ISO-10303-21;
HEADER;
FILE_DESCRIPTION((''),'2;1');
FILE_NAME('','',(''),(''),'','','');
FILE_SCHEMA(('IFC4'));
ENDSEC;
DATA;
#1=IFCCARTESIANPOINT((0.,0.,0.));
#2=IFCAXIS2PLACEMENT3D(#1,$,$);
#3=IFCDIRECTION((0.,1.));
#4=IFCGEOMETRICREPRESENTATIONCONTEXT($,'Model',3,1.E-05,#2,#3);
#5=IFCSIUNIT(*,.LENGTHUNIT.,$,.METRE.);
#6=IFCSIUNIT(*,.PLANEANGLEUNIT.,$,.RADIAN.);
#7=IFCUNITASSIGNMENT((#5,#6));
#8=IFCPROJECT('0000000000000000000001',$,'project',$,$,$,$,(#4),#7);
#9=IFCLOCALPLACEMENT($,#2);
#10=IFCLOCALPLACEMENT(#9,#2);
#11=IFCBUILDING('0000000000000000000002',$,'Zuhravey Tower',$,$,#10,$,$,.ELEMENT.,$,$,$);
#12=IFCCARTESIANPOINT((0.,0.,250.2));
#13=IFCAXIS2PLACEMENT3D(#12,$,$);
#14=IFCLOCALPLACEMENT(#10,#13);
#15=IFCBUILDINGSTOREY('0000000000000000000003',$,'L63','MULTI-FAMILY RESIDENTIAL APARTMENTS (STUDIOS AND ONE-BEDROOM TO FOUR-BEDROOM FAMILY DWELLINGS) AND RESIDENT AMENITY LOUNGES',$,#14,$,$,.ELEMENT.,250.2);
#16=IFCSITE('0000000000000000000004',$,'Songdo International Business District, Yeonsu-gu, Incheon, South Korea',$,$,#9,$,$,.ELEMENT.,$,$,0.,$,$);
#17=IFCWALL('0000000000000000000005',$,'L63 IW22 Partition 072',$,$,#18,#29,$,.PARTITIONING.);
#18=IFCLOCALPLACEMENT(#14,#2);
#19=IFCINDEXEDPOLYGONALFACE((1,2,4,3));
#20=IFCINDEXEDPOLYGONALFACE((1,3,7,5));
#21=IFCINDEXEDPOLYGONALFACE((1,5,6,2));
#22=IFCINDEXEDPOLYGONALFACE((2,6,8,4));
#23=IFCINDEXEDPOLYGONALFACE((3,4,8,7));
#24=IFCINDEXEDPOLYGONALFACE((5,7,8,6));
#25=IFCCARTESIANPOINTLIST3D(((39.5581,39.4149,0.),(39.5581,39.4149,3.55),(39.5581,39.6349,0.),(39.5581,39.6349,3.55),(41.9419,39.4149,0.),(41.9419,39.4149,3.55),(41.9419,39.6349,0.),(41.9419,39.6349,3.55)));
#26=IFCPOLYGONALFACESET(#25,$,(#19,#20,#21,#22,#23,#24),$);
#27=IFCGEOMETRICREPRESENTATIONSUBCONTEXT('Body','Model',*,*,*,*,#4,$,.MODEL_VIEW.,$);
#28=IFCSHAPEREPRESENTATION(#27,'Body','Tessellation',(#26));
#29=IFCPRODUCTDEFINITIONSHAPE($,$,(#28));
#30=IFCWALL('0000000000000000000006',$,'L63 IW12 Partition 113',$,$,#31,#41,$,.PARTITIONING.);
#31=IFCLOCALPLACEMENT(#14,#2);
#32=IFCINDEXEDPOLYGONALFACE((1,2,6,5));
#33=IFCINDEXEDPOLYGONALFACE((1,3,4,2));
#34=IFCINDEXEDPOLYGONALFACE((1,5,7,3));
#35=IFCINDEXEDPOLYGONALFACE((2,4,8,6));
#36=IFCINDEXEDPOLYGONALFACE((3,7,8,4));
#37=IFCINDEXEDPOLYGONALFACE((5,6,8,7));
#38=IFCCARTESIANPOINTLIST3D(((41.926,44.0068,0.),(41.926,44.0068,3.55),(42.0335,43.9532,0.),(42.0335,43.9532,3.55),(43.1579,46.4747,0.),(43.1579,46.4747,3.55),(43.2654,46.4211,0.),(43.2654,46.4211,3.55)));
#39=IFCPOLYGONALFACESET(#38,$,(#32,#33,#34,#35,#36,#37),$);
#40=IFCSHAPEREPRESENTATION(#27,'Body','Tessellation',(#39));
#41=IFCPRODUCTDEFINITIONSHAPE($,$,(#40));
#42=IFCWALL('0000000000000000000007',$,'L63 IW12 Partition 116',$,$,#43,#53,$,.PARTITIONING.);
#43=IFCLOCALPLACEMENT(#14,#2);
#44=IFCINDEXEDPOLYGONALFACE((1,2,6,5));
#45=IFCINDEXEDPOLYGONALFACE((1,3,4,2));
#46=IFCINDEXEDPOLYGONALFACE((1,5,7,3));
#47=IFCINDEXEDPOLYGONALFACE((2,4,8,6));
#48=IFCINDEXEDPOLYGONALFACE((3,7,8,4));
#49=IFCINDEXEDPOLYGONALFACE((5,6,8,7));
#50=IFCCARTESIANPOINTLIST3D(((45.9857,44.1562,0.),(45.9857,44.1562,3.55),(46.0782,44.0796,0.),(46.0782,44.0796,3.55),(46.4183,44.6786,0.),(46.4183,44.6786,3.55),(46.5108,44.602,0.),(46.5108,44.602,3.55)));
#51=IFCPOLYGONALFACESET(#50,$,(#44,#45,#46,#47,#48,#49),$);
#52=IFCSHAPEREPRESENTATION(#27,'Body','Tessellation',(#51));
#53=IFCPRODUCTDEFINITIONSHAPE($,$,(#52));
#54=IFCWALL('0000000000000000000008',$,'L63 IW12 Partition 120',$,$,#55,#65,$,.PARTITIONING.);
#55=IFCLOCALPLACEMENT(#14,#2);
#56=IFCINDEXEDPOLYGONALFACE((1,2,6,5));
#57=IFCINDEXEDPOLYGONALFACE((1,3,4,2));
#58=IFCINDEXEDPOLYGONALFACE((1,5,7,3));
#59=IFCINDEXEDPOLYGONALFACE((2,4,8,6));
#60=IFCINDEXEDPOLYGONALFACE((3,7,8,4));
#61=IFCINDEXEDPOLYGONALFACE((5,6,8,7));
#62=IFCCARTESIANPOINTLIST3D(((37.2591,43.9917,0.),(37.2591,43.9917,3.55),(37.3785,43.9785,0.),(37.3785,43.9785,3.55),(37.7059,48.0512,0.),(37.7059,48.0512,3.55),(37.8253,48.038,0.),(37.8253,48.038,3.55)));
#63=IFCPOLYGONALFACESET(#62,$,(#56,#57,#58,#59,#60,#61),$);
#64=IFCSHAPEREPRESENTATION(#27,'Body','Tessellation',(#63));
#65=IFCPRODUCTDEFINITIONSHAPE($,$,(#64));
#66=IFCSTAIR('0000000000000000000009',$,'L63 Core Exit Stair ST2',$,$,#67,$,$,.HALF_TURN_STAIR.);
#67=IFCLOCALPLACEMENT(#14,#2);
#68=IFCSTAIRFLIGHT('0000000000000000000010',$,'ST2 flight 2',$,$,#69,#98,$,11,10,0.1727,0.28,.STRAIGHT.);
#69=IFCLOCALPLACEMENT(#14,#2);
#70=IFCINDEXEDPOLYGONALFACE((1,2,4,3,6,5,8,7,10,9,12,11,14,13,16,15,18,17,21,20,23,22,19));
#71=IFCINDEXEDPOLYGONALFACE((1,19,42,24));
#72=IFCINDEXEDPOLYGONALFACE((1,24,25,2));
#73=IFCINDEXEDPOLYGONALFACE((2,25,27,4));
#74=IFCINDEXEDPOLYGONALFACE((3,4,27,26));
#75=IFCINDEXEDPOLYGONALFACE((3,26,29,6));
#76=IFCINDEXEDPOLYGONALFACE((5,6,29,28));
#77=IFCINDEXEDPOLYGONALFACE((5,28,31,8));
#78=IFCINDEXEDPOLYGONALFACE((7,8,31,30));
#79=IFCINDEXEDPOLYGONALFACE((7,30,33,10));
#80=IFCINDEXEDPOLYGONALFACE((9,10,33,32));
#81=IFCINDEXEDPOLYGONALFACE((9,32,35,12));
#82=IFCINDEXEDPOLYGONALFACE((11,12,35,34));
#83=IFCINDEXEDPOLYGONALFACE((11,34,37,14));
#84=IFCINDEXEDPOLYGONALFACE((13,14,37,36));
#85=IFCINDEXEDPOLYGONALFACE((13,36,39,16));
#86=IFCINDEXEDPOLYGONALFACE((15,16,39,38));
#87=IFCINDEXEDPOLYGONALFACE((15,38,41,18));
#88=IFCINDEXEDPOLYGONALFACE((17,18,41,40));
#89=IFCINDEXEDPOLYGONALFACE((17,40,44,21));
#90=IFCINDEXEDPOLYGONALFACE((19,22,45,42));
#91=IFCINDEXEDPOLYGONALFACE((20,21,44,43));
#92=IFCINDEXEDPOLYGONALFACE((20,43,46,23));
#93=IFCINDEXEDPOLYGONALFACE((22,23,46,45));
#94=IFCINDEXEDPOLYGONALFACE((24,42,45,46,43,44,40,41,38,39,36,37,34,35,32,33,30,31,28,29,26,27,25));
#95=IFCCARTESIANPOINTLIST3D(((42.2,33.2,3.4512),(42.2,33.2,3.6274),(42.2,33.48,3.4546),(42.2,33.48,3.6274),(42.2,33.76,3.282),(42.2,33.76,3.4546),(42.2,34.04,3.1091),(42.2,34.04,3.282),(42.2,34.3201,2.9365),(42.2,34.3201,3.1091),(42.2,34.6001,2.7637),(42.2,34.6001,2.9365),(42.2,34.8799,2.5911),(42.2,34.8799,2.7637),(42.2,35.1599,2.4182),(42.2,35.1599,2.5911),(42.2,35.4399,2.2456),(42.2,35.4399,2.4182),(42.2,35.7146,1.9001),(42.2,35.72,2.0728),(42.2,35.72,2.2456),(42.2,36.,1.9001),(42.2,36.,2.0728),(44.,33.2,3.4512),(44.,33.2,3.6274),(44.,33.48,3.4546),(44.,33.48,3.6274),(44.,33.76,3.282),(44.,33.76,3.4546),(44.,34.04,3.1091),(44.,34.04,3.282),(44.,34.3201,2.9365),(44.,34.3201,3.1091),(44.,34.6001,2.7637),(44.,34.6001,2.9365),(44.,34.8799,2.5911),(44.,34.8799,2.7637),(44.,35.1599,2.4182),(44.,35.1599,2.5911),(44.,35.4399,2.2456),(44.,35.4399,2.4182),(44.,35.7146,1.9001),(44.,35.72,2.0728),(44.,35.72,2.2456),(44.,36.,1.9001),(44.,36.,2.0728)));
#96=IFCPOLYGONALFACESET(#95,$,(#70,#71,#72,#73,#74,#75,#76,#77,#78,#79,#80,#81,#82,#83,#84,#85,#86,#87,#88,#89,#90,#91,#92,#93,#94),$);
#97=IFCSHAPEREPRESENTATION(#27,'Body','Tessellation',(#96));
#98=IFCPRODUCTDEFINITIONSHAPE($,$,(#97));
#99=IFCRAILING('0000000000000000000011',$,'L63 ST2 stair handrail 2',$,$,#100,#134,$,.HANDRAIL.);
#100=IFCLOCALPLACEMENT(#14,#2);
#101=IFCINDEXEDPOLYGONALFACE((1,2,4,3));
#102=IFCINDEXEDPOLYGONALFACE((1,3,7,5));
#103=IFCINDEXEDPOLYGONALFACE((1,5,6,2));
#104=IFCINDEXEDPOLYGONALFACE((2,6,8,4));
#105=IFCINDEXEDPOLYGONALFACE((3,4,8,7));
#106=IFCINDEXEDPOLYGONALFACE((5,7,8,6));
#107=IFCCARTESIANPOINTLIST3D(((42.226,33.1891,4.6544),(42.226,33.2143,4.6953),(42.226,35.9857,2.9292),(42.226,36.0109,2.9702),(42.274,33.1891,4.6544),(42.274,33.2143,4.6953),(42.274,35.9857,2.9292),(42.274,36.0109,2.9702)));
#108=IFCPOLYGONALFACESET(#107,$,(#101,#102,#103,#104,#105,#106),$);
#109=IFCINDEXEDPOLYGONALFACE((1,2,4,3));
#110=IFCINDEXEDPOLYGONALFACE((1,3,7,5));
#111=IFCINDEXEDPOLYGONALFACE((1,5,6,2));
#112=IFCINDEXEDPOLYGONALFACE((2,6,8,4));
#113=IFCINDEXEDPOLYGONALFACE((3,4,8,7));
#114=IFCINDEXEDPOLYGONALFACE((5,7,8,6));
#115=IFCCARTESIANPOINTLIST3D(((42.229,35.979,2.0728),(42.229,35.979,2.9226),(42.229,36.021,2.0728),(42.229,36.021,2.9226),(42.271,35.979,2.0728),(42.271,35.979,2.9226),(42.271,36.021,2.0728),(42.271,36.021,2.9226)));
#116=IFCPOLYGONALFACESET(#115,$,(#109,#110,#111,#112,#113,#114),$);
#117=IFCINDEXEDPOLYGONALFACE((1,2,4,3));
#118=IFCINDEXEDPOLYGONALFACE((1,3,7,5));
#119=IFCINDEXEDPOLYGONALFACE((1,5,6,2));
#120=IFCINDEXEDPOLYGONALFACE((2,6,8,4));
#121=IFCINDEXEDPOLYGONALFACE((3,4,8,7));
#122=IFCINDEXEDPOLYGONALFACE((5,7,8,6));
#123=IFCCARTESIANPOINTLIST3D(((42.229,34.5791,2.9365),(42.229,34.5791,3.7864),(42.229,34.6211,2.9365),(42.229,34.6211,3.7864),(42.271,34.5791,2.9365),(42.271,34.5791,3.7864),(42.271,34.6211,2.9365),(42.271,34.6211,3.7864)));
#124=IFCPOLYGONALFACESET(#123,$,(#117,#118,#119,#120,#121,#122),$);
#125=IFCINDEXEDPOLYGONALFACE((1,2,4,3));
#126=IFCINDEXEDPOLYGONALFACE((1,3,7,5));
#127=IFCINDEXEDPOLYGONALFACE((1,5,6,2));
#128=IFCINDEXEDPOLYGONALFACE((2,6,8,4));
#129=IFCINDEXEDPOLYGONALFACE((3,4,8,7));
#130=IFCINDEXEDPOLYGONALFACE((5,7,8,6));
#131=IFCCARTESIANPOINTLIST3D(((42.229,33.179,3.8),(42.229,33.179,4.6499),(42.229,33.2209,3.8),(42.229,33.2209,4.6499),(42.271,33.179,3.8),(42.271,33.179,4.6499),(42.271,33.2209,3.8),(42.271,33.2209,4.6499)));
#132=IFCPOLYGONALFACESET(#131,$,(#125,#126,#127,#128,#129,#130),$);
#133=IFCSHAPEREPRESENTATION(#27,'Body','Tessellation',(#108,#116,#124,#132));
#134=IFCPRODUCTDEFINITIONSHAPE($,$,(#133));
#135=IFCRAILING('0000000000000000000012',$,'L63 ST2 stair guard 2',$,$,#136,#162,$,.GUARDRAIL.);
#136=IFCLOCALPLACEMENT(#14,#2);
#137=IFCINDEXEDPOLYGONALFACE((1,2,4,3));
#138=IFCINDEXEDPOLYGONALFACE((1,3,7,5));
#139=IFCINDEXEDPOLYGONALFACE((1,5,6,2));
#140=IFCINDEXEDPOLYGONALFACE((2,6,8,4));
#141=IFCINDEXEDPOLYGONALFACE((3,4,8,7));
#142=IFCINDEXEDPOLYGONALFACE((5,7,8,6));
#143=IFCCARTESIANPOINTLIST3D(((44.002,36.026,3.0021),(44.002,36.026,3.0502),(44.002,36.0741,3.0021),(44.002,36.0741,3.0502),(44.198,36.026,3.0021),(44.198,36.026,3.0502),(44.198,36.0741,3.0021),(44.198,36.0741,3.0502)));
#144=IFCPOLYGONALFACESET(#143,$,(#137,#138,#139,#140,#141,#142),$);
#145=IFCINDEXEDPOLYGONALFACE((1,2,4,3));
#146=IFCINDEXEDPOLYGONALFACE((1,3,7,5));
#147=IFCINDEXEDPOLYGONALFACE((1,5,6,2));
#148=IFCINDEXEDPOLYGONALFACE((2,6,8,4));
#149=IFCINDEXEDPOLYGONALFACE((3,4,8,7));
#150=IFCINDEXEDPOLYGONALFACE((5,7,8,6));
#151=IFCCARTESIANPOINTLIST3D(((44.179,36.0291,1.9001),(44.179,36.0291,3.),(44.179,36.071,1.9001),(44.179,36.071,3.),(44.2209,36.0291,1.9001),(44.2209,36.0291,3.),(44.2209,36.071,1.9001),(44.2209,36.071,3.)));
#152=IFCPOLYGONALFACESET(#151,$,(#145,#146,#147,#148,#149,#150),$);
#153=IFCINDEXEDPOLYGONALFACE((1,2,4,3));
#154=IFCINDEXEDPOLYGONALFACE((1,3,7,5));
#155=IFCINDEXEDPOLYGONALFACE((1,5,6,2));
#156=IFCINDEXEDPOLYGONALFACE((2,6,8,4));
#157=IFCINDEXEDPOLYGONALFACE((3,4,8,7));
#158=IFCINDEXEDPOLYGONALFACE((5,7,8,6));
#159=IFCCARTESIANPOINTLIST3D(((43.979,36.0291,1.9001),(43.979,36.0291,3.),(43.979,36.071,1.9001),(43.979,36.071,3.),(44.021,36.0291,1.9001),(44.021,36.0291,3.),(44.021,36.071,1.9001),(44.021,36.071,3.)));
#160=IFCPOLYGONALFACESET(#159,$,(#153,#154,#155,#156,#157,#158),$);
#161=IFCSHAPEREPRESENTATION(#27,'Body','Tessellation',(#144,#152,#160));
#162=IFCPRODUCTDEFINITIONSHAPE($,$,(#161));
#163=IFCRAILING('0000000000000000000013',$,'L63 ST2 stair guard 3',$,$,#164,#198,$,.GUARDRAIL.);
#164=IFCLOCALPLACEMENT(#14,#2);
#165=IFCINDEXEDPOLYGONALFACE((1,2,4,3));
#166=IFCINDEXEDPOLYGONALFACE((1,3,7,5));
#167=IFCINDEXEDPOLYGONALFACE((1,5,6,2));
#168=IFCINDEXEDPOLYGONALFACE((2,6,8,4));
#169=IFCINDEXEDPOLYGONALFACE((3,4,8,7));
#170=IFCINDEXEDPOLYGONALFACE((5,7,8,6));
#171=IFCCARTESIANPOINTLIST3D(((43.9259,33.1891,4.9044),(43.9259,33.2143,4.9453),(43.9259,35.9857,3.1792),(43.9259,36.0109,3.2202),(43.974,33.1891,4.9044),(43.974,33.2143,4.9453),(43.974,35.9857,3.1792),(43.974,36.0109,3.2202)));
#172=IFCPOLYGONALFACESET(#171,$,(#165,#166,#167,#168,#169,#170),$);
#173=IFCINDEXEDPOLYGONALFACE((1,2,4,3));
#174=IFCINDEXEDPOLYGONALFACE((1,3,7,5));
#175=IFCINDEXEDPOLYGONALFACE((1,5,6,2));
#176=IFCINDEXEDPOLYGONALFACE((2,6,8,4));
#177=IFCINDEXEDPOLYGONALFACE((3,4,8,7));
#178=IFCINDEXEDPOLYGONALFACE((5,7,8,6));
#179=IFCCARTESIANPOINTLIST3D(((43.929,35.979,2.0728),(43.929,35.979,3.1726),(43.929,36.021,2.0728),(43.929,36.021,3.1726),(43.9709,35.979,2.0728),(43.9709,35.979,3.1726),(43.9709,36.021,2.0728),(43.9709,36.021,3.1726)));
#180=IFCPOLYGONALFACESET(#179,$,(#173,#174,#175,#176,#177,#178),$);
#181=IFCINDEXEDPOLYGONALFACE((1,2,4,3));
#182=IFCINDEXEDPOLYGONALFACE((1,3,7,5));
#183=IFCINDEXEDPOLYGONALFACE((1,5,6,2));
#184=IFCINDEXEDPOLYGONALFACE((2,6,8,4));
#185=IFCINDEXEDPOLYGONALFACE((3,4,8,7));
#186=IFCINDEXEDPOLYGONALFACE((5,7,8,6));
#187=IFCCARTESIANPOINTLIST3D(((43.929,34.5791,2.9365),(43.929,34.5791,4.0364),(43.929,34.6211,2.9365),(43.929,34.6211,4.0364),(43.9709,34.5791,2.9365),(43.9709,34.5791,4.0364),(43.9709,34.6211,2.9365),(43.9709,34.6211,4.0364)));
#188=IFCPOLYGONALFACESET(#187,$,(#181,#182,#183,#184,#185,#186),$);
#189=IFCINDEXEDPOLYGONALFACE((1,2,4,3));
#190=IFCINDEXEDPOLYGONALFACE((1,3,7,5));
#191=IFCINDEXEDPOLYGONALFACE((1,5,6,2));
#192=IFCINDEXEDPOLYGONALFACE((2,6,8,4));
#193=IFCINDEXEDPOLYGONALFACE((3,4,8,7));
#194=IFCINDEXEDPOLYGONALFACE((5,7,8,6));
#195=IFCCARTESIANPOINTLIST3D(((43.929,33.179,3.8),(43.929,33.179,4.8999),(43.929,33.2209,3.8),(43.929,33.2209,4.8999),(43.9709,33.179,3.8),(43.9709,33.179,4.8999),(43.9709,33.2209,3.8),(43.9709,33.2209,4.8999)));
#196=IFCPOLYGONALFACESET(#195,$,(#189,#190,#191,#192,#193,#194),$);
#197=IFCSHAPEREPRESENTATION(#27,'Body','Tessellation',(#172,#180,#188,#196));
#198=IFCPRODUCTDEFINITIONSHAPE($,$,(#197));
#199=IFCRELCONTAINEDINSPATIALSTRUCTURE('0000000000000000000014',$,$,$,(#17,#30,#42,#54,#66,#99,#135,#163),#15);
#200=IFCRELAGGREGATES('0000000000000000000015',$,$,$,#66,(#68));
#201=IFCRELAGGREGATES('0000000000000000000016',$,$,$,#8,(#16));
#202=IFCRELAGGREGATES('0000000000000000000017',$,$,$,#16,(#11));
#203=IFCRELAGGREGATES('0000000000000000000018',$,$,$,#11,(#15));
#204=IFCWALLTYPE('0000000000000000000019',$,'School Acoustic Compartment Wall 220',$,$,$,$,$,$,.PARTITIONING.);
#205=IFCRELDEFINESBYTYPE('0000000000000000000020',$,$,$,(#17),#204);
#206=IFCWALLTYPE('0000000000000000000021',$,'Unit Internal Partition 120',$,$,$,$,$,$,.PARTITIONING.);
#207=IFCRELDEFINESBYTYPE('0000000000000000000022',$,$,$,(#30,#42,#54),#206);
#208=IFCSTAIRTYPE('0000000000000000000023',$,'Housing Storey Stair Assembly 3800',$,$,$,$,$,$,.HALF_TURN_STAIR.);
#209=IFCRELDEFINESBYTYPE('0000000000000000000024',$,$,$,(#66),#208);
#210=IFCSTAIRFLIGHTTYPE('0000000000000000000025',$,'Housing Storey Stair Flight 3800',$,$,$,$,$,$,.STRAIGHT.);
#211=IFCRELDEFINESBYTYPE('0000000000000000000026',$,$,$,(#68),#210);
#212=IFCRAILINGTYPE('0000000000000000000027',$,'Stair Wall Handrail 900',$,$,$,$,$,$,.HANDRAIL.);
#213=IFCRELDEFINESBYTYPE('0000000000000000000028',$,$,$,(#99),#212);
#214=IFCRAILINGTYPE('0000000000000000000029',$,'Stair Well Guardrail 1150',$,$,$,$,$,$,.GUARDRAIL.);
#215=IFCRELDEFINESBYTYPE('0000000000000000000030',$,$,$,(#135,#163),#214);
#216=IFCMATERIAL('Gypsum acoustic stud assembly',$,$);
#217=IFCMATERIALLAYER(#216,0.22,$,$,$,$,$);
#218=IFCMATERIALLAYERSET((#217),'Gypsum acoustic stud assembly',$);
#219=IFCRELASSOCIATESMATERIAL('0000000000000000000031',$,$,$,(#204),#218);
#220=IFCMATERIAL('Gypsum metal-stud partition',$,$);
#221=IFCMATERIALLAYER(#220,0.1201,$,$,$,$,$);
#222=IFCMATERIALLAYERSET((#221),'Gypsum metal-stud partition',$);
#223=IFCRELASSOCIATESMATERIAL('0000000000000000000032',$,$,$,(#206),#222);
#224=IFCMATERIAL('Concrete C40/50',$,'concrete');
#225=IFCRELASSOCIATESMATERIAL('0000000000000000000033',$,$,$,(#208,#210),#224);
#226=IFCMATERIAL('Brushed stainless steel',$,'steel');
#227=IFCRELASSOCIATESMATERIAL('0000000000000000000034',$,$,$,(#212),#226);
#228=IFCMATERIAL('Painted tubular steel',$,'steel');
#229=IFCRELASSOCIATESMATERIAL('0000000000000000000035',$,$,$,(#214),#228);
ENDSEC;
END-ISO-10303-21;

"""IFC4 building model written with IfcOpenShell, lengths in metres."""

from ifc_helpers import new_model, si_unit, direction, frame, frame_2d, origin, origin_2d, place, context, subcontext, project, spatial, polyline, rectangle, outline, extrude, material, layer, layer_set, type_object, element, aggregate, save


model = new_model("IFC4")

# Units and contexts
model_context = context("Model", 3, precision=1e-05, world=origin(), true_north=direction((0.0, 1.0)))
body_context = subcontext(model_context, "Body", "Model", "MODEL_VIEW")
ifc_project = project(units=[si_unit("LENGTHUNIT", "METRE"), si_unit("PLANEANGLEUNIT", "RADIAN")], contexts=[model_context])

# Site, building, storey
site_placement = place(None, origin())
site = spatial("IfcSite", under=ifc_project, at=site_placement, Name="Songdo International Business District, Yeonsu-gu, Incheon, South Korea", CompositionType="ELEMENT", RefElevation=0.0)
building_placement = place(site_placement, origin())
building = spatial("IfcBuilding", under=site, at=building_placement, Name="Zuhravey Tower", CompositionType="ELEMENT")
storey_placement = place(building_placement, frame((0.0, 0.0, 250.2)))
storey = spatial("IfcBuildingStorey", under=building, at=storey_placement, Name="L63", Description="MULTI-FAMILY RESIDENTIAL APARTMENTS (STUDIOS AND ONE-BEDROOM TO FOUR-BEDROOM FAMILY DWELLINGS) AND RESIDENT AMENITY LOUNGES", CompositionType="ELEMENT", Elevation=250.2)

# Walls
ifc_material_1 = material(Name="Gypsum acoustic stud assembly")
ifc_layer_1 = layer(ifc_material_1, 0.22)
ifc_layer_set_1 = layer_set([ifc_layer_1], Name="Gypsum acoustic stud assembly")
wall_type_1 = type_object("IfcWallType", Name="School Acoustic Compartment Wall 220", PredefinedType="PARTITIONING", material=ifc_layer_set_1)
for number, where, z_axis, x_axis, name in (
    (1, (39.5581, 39.5249, 0.0), (0.0, 0.0, 1.0), (1.0, 0.0, 0.0), "L63 IW22 Partition 072"),
):
    element("IfcWall", number, at=place(storey_placement, frame(where, z_axis=z_axis, x_axis=x_axis)), inside=storey, type_object=wall_type_1, Name=name, PredefinedType="PARTITIONING", context=body_context, shape_type="SweptSolid", body=[
        extrude(rectangle(XDim=2.3838, YDim=0.22, at=frame_2d((1.1919, 0.0))), origin(), (0.0, 0.0, 1.0), 3.55),
    ])
ifc_material_2 = material(Name="Gypsum metal-stud partition")
ifc_layer_2 = layer(ifc_material_2, 0.1201)
ifc_layer_set_2 = layer_set([ifc_layer_2], Name="Gypsum metal-stud partition")
wall_type_2 = type_object("IfcWallType", Name="Unit Internal Partition 120", PredefinedType="PARTITIONING", material=ifc_layer_set_2)
wall_1_placement = place(storey_placement, frame((41.9797, 43.98, 0.0), z_axis=(0.0, 0.0, 1.0), x_axis=(0.446612, 0.894728, 0.0)))
element("IfcWall", 2, at=wall_1_placement, inside=storey, type_object=wall_type_2, Name="L63 IW12 Partition 113", PredefinedType="PARTITIONING", context=body_context, shape_type="SweptSolid", body=[
    extrude(rectangle(XDim=2.7583, YDim=0.1201, at=frame_2d((1.3792, 0.0))), origin(), (0.0, 0.0, 1.0), 3.55),
])
wall_2_placement = place(storey_placement, frame((46.032, 44.1179, 0.0), z_axis=(0.0, 0.0, 1.0), x_axis=(0.637774, 0.770224, 0.0)))
element("IfcWall", 3, at=wall_2_placement, inside=storey, type_object=wall_type_2, Name="L63 IW12 Partition 116", PredefinedType="PARTITIONING", context=body_context, shape_type="SweptSolid", body=[
    extrude(rectangle(XDim=0.6782, YDim=0.1201, at=frame_2d((0.3391, 0.0))), origin(), (0.0, 0.0, 1.0), 3.55),
])
wall_3_placement = place(storey_placement, frame((37.3188, 43.9851, 0.0), z_axis=(0.0, 0.0, 1.0), x_axis=(0.109395, 0.993998, 0.0)))
element("IfcWall", 4, at=wall_3_placement, inside=storey, type_object=wall_type_2, Name="L63 IW12 Partition 120", PredefinedType="PARTITIONING", context=body_context, shape_type="SweptSolid", body=[
    extrude(rectangle(XDim=4.084, YDim=0.1201, at=frame_2d((2.042, 0.0))), origin(), (0.0, 0.0, 1.0), 3.55),
])

# Stair, stair flight
ifc_material_3 = material(Name="Concrete C40/50", Category="concrete")
stair_type = type_object("IfcStairType", Name="Housing Storey Stair Assembly 3800", PredefinedType="HALF_TURN_STAIR", material=ifc_material_3)
stair_placement = place(storey_placement, origin())
stair = element("IfcStair", 5, at=stair_placement, inside=storey, type_object=stair_type, Name="L63 Core Exit Stair ST2", PredefinedType="HALF_TURN_STAIR")
stair_flight_type = type_object("IfcStairFlightType", Name="Housing Storey Stair Flight 3800", PredefinedType="STRAIGHT", material=ifc_material_3)
stair_flight_placement = place(storey_placement, frame((43.1001, 36.0, 1.9001), z_axis=(0.0, 0.0, 1.0), x_axis=(0.0, -1.0, 0.0)))
stair_flight = element("IfcStairFlight", 6, at=stair_flight_placement, type_object=stair_flight_type, Name="ST2 flight 2", NumberOfRisers=11, NumberOfTreads=10, PredefinedType="STRAIGHT", RiserHeight=0.1727, TreadLength=0.28, context=body_context, shape_type="SweptSolid", body=[
    extrude(outline(polyline([(0.0, 0.0), (0.0, 0.1726), (0.28, 0.1726), (0.28, 0.3455), (0.5601, 0.3455), (0.5601, 0.5181), (0.8401, 0.5181), (0.8401, 0.6909), (1.1201, 0.6909), (1.1201, 0.8635), (1.3999, 0.8635), (1.3999, 1.0364), (1.6799, 1.0364), (1.6799, 1.209), (1.96, 1.209), (1.96, 1.3818), (2.24, 1.3818), (2.24, 1.5544), (2.52, 1.5544), (2.52, 1.7273), (2.8, 1.7273), (2.8, 1.8999), (2.8, 1.551), (0.2854, 0.0), (0.0, 0.0)])), frame((0.0, 0.8999, 0.0), z_axis=(0.0, -1.0, 0.0), x_axis=(1.0, 0.0, 0.0)), (0.0, 0.0, 1.0), 1.8),
])
aggregate(stair, [stair_flight])

# Railings
ifc_material_4 = material(Name="Brushed stainless steel", Category="steel")
railing_type_1 = type_object("IfcRailingType", Name="Stair Wall Handrail 900", PredefinedType="HANDRAIL", material=ifc_material_4)
railing_1_placement = place(storey_placement, frame((42.25, 36.0, 2.0728)))
element("IfcRailing", 7, at=railing_1_placement, inside=storey, type_object=railing_type_1, Name="L63 ST2 stair handrail 2", PredefinedType="HANDRAIL", context=body_context, shape_type="SweptSolid", body=[
    extrude(rectangle(XDim=0.0481, YDim=0.0481, at=origin_2d()), frame((0.0, -0.0017, 0.877), z_axis=(0.0, -0.85109, 0.52502), x_axis=(1.0, 0.0, 0.0)), (0.0, 0.0, 1.0), 3.2859),
    extrude(rectangle(XDim=0.042, YDim=0.042, at=origin_2d()), origin(), (0.0, 0.0, 1.0), 0.8499),
    extrude(rectangle(XDim=0.042, YDim=0.042, at=origin_2d()), frame((0.0, -1.3999, 0.8638)), (0.0, 0.0, 1.0), 0.8499),
    extrude(rectangle(XDim=0.042, YDim=0.042, at=origin_2d()), frame((0.0, -2.8, 1.7273)), (0.0, 0.0, 1.0), 0.8499),
])
ifc_material_5 = material(Name="Painted tubular steel", Category="steel")
railing_type_2 = type_object("IfcRailingType", Name="Stair Well Guardrail 1150", PredefinedType="GUARDRAIL", material=ifc_material_5)
railing_2_placement = place(storey_placement, frame((44.2, 36.05, 1.9001)))
element("IfcRailing", 8, at=railing_2_placement, inside=storey, type_object=railing_type_2, Name="L63 ST2 stair guard 2", PredefinedType="GUARDRAIL", context=body_context, shape_type="SweptSolid", body=[
    extrude(rectangle(XDim=0.0481, YDim=0.0481, at=origin_2d()), frame((-0.002, 0.0, 1.126), z_axis=(-1.0, 0.0, 0.0), x_axis=(0.0, -1.0, 0.0)), (0.0, 0.0, 1.0), 0.196),
    extrude(rectangle(XDim=0.042, YDim=0.042, at=origin_2d()), origin(), (0.0, 0.0, 1.0), 1.0999),
    extrude(rectangle(XDim=0.042, YDim=0.042, at=origin_2d()), frame((-0.2, 0.0, 0.0)), (0.0, 0.0, 1.0), 1.0999),
])
railing_3_placement = place(storey_placement, frame((43.95, 36.0, 2.0728)))
element("IfcRailing", 9, at=railing_3_placement, inside=storey, type_object=railing_type_2, Name="L63 ST2 stair guard 3", PredefinedType="GUARDRAIL", context=body_context, shape_type="SweptSolid", body=[
    extrude(rectangle(XDim=0.0481, YDim=0.0481, at=origin_2d()), frame((0.0, -0.0017, 1.127), z_axis=(0.0, -0.85109, 0.52502), x_axis=(1.0, 0.0, 0.0)), (0.0, 0.0, 1.0), 3.2859),
    extrude(rectangle(XDim=0.042, YDim=0.042, at=origin_2d()), origin(), (0.0, 0.0, 1.0), 1.0999),
    extrude(rectangle(XDim=0.042, YDim=0.042, at=origin_2d()), frame((0.0, -1.3999, 0.8638)), (0.0, 0.0, 1.0), 1.0999),
    extrude(rectangle(XDim=0.042, YDim=0.042, at=origin_2d()), frame((0.0, -2.8, 1.7273)), (0.0, 0.0, 1.0), 1.0999),
])

save(model, "model.ifc")
